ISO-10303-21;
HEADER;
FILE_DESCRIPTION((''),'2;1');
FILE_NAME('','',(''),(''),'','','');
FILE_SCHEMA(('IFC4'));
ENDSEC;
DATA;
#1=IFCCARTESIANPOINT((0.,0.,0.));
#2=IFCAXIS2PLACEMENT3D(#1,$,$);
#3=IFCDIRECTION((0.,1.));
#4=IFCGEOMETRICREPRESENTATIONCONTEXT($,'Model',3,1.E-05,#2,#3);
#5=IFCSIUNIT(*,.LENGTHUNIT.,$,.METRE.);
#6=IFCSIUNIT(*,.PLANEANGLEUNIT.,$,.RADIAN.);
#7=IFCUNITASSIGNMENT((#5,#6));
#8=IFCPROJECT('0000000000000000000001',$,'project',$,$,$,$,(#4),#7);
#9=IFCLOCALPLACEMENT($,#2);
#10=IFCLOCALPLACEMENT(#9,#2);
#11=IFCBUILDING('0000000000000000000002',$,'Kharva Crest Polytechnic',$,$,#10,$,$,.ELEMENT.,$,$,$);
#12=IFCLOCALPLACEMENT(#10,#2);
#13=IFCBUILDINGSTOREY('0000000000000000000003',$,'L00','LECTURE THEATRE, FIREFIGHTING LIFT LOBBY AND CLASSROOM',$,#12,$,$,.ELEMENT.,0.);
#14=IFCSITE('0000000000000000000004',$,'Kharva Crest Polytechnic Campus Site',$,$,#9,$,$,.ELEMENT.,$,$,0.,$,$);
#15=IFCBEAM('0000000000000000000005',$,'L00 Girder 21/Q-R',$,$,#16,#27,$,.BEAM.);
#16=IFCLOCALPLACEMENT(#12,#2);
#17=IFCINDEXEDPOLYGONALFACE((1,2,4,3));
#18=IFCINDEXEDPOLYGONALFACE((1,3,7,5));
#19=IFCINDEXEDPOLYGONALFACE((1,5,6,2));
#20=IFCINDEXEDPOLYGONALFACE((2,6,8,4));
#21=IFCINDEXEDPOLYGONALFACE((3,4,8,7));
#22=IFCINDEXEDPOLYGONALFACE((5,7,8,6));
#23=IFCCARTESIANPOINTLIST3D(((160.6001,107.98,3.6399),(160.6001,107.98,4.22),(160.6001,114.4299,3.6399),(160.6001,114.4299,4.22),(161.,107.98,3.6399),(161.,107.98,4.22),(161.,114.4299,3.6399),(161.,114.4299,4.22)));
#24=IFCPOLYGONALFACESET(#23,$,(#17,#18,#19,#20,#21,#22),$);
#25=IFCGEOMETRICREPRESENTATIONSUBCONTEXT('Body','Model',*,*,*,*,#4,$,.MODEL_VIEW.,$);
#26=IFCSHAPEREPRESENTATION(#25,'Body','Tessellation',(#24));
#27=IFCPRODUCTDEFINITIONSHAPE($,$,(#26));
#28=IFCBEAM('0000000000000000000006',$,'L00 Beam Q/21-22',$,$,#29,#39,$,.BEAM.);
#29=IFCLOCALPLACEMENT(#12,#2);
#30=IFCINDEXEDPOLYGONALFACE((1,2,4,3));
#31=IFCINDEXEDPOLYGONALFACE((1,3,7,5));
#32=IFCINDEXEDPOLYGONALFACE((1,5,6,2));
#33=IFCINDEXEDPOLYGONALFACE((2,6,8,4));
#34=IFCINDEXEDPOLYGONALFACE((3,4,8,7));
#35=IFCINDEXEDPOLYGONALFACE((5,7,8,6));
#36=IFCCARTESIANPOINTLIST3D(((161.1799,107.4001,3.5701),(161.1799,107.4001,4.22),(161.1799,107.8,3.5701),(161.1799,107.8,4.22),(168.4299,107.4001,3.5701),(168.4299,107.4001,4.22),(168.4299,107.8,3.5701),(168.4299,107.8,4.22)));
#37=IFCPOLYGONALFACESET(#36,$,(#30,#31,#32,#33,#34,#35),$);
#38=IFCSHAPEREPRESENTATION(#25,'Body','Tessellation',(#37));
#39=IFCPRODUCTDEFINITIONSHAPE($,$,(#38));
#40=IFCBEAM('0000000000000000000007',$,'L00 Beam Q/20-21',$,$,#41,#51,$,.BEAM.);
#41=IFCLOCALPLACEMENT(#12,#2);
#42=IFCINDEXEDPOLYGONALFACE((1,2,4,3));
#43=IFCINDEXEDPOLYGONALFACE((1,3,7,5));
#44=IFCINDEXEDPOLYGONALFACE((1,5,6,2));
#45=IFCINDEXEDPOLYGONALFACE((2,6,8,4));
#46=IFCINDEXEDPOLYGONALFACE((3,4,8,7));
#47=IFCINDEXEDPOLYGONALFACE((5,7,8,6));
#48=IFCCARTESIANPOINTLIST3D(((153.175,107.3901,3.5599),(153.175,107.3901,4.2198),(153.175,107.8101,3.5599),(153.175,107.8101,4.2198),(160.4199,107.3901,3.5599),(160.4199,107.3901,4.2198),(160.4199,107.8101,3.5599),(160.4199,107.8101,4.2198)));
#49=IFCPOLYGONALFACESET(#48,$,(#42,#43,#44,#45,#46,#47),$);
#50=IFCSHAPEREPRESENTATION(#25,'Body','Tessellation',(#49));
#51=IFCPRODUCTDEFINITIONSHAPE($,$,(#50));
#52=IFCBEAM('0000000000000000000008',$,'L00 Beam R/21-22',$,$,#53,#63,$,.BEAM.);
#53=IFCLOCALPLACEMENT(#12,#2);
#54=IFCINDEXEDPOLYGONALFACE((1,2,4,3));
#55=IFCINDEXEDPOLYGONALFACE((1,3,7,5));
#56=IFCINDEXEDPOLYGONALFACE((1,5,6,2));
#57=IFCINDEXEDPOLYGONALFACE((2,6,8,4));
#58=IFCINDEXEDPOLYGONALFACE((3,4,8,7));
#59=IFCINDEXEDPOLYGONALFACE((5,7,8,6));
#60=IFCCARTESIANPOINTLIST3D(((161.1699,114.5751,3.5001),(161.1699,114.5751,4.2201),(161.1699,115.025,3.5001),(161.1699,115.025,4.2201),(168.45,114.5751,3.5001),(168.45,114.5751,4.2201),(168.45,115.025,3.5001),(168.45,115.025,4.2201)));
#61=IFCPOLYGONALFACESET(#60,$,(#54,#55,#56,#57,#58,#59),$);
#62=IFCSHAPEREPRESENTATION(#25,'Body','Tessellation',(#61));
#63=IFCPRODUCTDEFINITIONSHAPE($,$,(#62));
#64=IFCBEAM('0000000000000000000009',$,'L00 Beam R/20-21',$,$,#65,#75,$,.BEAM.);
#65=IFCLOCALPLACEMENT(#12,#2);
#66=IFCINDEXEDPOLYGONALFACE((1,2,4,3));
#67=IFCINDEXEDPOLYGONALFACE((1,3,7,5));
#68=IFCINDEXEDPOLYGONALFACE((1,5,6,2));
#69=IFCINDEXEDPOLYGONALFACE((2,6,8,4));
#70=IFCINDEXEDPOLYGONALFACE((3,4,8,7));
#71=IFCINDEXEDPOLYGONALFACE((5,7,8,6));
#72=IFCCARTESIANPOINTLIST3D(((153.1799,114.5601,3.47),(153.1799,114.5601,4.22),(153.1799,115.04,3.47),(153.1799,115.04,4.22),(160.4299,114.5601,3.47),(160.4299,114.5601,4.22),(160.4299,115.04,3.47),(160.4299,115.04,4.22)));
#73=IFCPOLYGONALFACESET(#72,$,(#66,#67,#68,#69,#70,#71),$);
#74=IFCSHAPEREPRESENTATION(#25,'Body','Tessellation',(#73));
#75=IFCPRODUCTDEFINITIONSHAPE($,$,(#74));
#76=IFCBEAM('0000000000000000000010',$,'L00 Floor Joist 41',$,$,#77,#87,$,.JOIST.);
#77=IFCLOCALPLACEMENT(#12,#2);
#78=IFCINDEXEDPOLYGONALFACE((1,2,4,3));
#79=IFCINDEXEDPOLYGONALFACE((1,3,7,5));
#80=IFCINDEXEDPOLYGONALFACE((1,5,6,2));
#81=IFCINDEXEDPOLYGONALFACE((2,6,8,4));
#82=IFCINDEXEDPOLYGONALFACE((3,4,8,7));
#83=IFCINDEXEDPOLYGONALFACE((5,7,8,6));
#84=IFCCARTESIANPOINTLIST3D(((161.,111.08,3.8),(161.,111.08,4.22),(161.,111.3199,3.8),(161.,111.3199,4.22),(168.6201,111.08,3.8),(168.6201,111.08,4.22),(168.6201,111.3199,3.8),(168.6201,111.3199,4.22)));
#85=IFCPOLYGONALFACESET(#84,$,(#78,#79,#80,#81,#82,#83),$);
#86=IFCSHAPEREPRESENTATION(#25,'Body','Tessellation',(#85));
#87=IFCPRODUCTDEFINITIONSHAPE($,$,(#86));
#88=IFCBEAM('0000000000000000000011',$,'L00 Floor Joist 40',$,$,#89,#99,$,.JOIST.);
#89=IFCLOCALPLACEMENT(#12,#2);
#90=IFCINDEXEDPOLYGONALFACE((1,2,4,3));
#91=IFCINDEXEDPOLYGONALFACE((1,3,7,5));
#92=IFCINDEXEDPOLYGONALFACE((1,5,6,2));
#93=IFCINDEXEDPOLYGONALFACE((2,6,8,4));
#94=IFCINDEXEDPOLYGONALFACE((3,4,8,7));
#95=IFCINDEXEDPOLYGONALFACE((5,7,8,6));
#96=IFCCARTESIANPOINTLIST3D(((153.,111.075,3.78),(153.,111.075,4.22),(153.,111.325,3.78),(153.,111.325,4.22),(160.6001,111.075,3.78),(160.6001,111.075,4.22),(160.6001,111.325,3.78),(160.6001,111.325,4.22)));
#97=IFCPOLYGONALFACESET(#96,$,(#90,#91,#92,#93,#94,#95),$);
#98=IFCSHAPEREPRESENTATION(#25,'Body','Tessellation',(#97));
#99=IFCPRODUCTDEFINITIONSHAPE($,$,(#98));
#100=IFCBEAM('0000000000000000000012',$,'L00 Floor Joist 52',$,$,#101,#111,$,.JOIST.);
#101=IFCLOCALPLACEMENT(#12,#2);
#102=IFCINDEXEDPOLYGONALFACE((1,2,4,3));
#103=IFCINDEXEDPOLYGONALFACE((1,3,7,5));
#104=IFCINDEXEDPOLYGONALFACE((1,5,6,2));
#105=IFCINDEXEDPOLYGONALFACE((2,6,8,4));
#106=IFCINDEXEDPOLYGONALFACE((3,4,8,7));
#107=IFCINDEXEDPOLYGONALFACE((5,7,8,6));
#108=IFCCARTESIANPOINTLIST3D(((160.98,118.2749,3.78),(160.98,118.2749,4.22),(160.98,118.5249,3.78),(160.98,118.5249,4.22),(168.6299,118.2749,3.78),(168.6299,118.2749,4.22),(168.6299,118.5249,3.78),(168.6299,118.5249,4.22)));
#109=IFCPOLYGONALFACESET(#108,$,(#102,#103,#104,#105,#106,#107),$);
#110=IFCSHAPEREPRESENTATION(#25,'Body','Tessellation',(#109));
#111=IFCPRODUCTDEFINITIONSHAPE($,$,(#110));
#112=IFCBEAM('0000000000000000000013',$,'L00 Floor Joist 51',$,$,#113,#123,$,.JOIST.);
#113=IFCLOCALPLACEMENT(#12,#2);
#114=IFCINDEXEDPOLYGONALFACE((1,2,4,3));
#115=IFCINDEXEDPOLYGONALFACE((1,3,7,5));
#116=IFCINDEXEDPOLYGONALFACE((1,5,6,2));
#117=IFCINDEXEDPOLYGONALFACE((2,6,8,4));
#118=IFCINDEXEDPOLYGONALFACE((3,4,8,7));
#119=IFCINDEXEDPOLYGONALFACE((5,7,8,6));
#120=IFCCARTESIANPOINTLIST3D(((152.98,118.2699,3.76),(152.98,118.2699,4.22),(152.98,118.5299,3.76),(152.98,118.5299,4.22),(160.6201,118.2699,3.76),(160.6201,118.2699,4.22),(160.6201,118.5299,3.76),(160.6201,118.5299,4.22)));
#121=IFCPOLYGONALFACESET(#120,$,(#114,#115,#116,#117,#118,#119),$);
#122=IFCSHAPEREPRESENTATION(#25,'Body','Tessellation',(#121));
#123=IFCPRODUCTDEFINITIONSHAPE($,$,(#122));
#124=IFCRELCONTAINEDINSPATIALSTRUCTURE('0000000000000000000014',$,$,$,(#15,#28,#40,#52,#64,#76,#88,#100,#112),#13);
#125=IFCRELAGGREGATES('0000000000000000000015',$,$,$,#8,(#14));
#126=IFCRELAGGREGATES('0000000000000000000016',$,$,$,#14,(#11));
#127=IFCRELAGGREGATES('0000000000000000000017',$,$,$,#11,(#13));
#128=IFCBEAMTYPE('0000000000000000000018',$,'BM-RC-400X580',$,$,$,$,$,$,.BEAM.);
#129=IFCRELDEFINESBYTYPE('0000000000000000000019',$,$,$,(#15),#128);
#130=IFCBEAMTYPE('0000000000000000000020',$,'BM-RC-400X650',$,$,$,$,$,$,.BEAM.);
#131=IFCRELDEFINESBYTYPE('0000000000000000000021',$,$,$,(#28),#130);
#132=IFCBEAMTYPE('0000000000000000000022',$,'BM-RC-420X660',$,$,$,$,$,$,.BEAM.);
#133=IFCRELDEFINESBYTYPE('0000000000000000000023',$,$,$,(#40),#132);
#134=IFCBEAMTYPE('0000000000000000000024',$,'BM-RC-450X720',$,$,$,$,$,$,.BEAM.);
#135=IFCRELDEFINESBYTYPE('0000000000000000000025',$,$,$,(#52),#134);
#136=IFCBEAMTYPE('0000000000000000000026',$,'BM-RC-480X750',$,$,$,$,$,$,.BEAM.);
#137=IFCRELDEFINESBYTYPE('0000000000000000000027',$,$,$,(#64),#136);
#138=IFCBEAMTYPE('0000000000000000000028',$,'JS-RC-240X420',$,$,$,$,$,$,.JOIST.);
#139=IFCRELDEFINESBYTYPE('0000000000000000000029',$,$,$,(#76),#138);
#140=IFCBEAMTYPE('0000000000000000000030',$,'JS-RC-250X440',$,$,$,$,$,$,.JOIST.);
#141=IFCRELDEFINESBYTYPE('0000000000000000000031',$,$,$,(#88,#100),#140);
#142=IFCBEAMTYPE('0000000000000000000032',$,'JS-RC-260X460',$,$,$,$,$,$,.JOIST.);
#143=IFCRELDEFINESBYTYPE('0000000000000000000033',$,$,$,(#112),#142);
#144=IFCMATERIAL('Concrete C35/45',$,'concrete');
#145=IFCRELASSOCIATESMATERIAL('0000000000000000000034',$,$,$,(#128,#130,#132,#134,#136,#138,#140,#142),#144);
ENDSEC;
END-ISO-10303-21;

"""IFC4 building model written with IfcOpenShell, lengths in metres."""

from ifc_helpers import new_model, si_unit, direction, frame, origin, origin_2d, place, context, subcontext, project, spatial, rectangle, extrude, material, material_profile, profile_set, type_object, element, save


model = new_model("IFC4")

# Units and contexts
model_context = context("Model", 3, precision=1e-05, world=origin(), true_north=direction((0.0, 1.0)))
body_context = subcontext(model_context, "Body", "Model", "MODEL_VIEW")
ifc_project = project(units=[si_unit("LENGTHUNIT", "METRE"), si_unit("PLANEANGLEUNIT", "RADIAN")], contexts=[model_context])

# Site, building, storey
site_placement = place(None, origin())
site = spatial("IfcSite", under=ifc_project, at=site_placement, Name="Kharva Crest Polytechnic Campus Site", CompositionType="ELEMENT", RefElevation=0.0)
building_placement = place(site_placement, origin())
building = spatial("IfcBuilding", under=site, at=building_placement, Name="Kharva Crest Polytechnic", CompositionType="ELEMENT")
storey_placement = place(building_placement, origin())
storey = spatial("IfcBuildingStorey", under=building, at=storey_placement, Name="L00", Description="LECTURE THEATRE, FIREFIGHTING LIFT LOBBY AND CLASSROOM", CompositionType="ELEMENT", Elevation=0.0)

# Shared definitions
ifc_material_1 = material(Name="Concrete C35/45", Category="concrete")

# Beams
ifc_material_profile_1 = material_profile(ifc_material_1, rectangle(XDim=0.3999, YDim=0.5801, at=origin_2d()), Name="RECT 400 X 580")
ifc_profile_set_1 = profile_set([ifc_material_profile_1], Name="Concrete C35/45")
beam_type_1 = type_object("IfcBeamType", Name="BM-RC-400X580", PredefinedType="BEAM", material=ifc_profile_set_1)
beam_1_placement = place(storey_placement, frame((160.8, 107.98, 3.9299), z_axis=(0.0, 1.0, 0.0), x_axis=(-1.0, 0.0, 0.0)))
element("IfcBeam", 1, at=beam_1_placement, inside=storey, type_object=beam_type_1, Name="L00 Girder 21/Q-R", PredefinedType="BEAM", context=body_context, shape_type="SweptSolid", body=[
    extrude(rectangle(XDim=0.3999, YDim=0.5801, at=origin_2d()), origin(), (0.0, 0.0, 1.0), 6.45),
])
ifc_material_profile_2 = material_profile(ifc_material_1, rectangle(XDim=0.3999, YDim=0.6499, at=origin_2d()), Name="RECT 400 X 650")
ifc_profile_set_2 = profile_set([ifc_material_profile_2], Name="Concrete C35/45")
beam_type_2 = type_object("IfcBeamType", Name="BM-RC-400X650", PredefinedType="BEAM", material=ifc_profile_set_2)
beam_2_placement = place(storey_placement, frame((161.1799, 107.6001, 3.895), z_axis=(1.0, 0.0, 0.0), x_axis=(0.0, 1.0, 0.0)))
element("IfcBeam", 2, at=beam_2_placement, inside=storey, type_object=beam_type_2, Name="L00 Beam Q/21-22", PredefinedType="BEAM", context=body_context, shape_type="SweptSolid", body=[
    extrude(rectangle(XDim=0.3999, YDim=0.6499, at=origin_2d()), origin(), (0.0, 0.0, 1.0), 7.25),
])
ifc_material_profile_3 = material_profile(ifc_material_1, rectangle(XDim=0.4199, YDim=0.6599, at=origin_2d()), Name="RECT 420 X 660")
ifc_profile_set_3 = profile_set([ifc_material_profile_3], Name="Concrete C35/45")
beam_type_3 = type_object("IfcBeamType", Name="BM-RC-420X660", PredefinedType="BEAM", material=ifc_profile_set_3)
beam_3_placement = place(storey_placement, frame((153.175, 107.6001, 3.8899), z_axis=(1.0, 0.0, 0.0), x_axis=(0.0, 1.0, 0.0)))
element("IfcBeam", 3, at=beam_3_placement, inside=storey, type_object=beam_type_3, Name="L00 Beam Q/20-21", PredefinedType="BEAM", context=body_context, shape_type="SweptSolid", body=[
    extrude(rectangle(XDim=0.4199, YDim=0.6599, at=origin_2d()), origin(), (0.0, 0.0, 1.0), 7.2449),
])
ifc_material_profile_4 = material_profile(ifc_material_1, rectangle(XDim=0.45, YDim=0.72, at=origin_2d()), Name="RECT 450 X 720")
ifc_profile_set_4 = profile_set([ifc_material_profile_4], Name="Concrete C35/45")
beam_type_4 = type_object("IfcBeamType", Name="BM-RC-450X720", PredefinedType="BEAM", material=ifc_profile_set_4)
beam_4_placement = place(storey_placement, frame((161.1699, 114.8, 3.8601), z_axis=(1.0, 0.0, 0.0), x_axis=(0.0, 1.0, 0.0)))
element("IfcBeam", 4, at=beam_4_placement, inside=storey, type_object=beam_type_4, Name="L00 Beam R/21-22", PredefinedType="BEAM", context=body_context, shape_type="SweptSolid", body=[
    extrude(rectangle(XDim=0.45, YDim=0.72, at=origin_2d()), origin(), (0.0, 0.0, 1.0), 7.28),
])
ifc_material_profile_5 = material_profile(ifc_material_1, rectangle(XDim=0.48, YDim=0.75, at=origin_2d()), Name="RECT 480 X 750")
ifc_profile_set_5 = profile_set([ifc_material_profile_5], Name="Concrete C35/45")
beam_type_5 = type_object("IfcBeamType", Name="BM-RC-480X750", PredefinedType="BEAM", material=ifc_profile_set_5)
beam_5_placement = place(storey_placement, frame((153.1799, 114.8, 3.845), z_axis=(1.0, 0.0, 0.0), x_axis=(0.0, 1.0, 0.0)))
element("IfcBeam", 5, at=beam_5_placement, inside=storey, type_object=beam_type_5, Name="L00 Beam R/20-21", PredefinedType="BEAM", context=body_context, shape_type="SweptSolid", body=[
    extrude(rectangle(XDim=0.48, YDim=0.75, at=origin_2d()), origin(), (0.0, 0.0, 1.0), 7.25),
])
ifc_material_profile_6 = material_profile(ifc_material_1, rectangle(XDim=0.24, YDim=0.4199, at=origin_2d()), Name="RECT 240 X 420")
ifc_profile_set_6 = profile_set([ifc_material_profile_6], Name="Concrete C35/45")
beam_type_6 = type_object("IfcBeamType", Name="JS-RC-240X420", PredefinedType="JOIST", material=ifc_profile_set_6)
beam_6_placement = place(storey_placement, frame((161.0, 111.2, 4.01), z_axis=(1.0, 0.0, 0.0), x_axis=(0.0, 1.0, 0.0)))
element("IfcBeam", 6, at=beam_6_placement, inside=storey, type_object=beam_type_6, Name="L00 Floor Joist 41", PredefinedType="JOIST", context=body_context, shape_type="SweptSolid", body=[
    extrude(rectangle(XDim=0.24, YDim=0.4199, at=origin_2d()), origin(), (0.0, 0.0, 1.0), 7.6201),
])
ifc_material_profile_7 = material_profile(ifc_material_1, rectangle(XDim=0.25, YDim=0.4399, at=origin_2d()), Name="RECT 250 X 440")
ifc_profile_set_7 = profile_set([ifc_material_profile_7], Name="Concrete C35/45")
beam_type_7 = type_object("IfcBeamType", Name="JS-RC-250X440", PredefinedType="JOIST", material=ifc_profile_set_7)
beam_7_placement = place(storey_placement, frame((153.0, 111.2, 4.0), z_axis=(1.0, 0.0, 0.0), x_axis=(0.0, 1.0, 0.0)))
element("IfcBeam", 7, at=beam_7_placement, inside=storey, type_object=beam_type_7, Name="L00 Floor Joist 40", PredefinedType="JOIST", context=body_context, shape_type="SweptSolid", body=[
    extrude(rectangle(XDim=0.25, YDim=0.4399, at=origin_2d()), origin(), (0.0, 0.0, 1.0), 7.6001),
])
beam_8_placement = place(storey_placement, frame((160.98, 118.3999, 4.0), z_axis=(1.0, 0.0, 0.0), x_axis=(0.0, 1.0, 0.0)))
element("IfcBeam", 8, at=beam_8_placement, inside=storey, type_object=beam_type_7, Name="L00 Floor Joist 52", PredefinedType="JOIST", context=body_context, shape_type="SweptSolid", body=[
    extrude(rectangle(XDim=0.25, YDim=0.4399, at=origin_2d()), origin(), (0.0, 0.0, 1.0), 7.6499),
])
ifc_material_profile_8 = material_profile(ifc_material_1, rectangle(XDim=0.26, YDim=0.46, at=origin_2d()), Name="RECT 260 X 460")
ifc_profile_set_8 = profile_set([ifc_material_profile_8], Name="Concrete C35/45")
beam_type_8 = type_object("IfcBeamType", Name="JS-RC-260X460", PredefinedType="JOIST", material=ifc_profile_set_8)
beam_9_placement = place(storey_placement, frame((152.98, 118.3999, 3.99), z_axis=(1.0, 0.0, 0.0), x_axis=(0.0, 1.0, 0.0)))
element("IfcBeam", 9, at=beam_9_placement, inside=storey, type_object=beam_type_8, Name="L00 Floor Joist 51", PredefinedType="JOIST", context=body_context, shape_type="SweptSolid", body=[
    extrude(rectangle(XDim=0.26, YDim=0.46, at=origin_2d()), origin(), (0.0, 0.0, 1.0), 7.6401),
])

save(model, "model.ifc")
